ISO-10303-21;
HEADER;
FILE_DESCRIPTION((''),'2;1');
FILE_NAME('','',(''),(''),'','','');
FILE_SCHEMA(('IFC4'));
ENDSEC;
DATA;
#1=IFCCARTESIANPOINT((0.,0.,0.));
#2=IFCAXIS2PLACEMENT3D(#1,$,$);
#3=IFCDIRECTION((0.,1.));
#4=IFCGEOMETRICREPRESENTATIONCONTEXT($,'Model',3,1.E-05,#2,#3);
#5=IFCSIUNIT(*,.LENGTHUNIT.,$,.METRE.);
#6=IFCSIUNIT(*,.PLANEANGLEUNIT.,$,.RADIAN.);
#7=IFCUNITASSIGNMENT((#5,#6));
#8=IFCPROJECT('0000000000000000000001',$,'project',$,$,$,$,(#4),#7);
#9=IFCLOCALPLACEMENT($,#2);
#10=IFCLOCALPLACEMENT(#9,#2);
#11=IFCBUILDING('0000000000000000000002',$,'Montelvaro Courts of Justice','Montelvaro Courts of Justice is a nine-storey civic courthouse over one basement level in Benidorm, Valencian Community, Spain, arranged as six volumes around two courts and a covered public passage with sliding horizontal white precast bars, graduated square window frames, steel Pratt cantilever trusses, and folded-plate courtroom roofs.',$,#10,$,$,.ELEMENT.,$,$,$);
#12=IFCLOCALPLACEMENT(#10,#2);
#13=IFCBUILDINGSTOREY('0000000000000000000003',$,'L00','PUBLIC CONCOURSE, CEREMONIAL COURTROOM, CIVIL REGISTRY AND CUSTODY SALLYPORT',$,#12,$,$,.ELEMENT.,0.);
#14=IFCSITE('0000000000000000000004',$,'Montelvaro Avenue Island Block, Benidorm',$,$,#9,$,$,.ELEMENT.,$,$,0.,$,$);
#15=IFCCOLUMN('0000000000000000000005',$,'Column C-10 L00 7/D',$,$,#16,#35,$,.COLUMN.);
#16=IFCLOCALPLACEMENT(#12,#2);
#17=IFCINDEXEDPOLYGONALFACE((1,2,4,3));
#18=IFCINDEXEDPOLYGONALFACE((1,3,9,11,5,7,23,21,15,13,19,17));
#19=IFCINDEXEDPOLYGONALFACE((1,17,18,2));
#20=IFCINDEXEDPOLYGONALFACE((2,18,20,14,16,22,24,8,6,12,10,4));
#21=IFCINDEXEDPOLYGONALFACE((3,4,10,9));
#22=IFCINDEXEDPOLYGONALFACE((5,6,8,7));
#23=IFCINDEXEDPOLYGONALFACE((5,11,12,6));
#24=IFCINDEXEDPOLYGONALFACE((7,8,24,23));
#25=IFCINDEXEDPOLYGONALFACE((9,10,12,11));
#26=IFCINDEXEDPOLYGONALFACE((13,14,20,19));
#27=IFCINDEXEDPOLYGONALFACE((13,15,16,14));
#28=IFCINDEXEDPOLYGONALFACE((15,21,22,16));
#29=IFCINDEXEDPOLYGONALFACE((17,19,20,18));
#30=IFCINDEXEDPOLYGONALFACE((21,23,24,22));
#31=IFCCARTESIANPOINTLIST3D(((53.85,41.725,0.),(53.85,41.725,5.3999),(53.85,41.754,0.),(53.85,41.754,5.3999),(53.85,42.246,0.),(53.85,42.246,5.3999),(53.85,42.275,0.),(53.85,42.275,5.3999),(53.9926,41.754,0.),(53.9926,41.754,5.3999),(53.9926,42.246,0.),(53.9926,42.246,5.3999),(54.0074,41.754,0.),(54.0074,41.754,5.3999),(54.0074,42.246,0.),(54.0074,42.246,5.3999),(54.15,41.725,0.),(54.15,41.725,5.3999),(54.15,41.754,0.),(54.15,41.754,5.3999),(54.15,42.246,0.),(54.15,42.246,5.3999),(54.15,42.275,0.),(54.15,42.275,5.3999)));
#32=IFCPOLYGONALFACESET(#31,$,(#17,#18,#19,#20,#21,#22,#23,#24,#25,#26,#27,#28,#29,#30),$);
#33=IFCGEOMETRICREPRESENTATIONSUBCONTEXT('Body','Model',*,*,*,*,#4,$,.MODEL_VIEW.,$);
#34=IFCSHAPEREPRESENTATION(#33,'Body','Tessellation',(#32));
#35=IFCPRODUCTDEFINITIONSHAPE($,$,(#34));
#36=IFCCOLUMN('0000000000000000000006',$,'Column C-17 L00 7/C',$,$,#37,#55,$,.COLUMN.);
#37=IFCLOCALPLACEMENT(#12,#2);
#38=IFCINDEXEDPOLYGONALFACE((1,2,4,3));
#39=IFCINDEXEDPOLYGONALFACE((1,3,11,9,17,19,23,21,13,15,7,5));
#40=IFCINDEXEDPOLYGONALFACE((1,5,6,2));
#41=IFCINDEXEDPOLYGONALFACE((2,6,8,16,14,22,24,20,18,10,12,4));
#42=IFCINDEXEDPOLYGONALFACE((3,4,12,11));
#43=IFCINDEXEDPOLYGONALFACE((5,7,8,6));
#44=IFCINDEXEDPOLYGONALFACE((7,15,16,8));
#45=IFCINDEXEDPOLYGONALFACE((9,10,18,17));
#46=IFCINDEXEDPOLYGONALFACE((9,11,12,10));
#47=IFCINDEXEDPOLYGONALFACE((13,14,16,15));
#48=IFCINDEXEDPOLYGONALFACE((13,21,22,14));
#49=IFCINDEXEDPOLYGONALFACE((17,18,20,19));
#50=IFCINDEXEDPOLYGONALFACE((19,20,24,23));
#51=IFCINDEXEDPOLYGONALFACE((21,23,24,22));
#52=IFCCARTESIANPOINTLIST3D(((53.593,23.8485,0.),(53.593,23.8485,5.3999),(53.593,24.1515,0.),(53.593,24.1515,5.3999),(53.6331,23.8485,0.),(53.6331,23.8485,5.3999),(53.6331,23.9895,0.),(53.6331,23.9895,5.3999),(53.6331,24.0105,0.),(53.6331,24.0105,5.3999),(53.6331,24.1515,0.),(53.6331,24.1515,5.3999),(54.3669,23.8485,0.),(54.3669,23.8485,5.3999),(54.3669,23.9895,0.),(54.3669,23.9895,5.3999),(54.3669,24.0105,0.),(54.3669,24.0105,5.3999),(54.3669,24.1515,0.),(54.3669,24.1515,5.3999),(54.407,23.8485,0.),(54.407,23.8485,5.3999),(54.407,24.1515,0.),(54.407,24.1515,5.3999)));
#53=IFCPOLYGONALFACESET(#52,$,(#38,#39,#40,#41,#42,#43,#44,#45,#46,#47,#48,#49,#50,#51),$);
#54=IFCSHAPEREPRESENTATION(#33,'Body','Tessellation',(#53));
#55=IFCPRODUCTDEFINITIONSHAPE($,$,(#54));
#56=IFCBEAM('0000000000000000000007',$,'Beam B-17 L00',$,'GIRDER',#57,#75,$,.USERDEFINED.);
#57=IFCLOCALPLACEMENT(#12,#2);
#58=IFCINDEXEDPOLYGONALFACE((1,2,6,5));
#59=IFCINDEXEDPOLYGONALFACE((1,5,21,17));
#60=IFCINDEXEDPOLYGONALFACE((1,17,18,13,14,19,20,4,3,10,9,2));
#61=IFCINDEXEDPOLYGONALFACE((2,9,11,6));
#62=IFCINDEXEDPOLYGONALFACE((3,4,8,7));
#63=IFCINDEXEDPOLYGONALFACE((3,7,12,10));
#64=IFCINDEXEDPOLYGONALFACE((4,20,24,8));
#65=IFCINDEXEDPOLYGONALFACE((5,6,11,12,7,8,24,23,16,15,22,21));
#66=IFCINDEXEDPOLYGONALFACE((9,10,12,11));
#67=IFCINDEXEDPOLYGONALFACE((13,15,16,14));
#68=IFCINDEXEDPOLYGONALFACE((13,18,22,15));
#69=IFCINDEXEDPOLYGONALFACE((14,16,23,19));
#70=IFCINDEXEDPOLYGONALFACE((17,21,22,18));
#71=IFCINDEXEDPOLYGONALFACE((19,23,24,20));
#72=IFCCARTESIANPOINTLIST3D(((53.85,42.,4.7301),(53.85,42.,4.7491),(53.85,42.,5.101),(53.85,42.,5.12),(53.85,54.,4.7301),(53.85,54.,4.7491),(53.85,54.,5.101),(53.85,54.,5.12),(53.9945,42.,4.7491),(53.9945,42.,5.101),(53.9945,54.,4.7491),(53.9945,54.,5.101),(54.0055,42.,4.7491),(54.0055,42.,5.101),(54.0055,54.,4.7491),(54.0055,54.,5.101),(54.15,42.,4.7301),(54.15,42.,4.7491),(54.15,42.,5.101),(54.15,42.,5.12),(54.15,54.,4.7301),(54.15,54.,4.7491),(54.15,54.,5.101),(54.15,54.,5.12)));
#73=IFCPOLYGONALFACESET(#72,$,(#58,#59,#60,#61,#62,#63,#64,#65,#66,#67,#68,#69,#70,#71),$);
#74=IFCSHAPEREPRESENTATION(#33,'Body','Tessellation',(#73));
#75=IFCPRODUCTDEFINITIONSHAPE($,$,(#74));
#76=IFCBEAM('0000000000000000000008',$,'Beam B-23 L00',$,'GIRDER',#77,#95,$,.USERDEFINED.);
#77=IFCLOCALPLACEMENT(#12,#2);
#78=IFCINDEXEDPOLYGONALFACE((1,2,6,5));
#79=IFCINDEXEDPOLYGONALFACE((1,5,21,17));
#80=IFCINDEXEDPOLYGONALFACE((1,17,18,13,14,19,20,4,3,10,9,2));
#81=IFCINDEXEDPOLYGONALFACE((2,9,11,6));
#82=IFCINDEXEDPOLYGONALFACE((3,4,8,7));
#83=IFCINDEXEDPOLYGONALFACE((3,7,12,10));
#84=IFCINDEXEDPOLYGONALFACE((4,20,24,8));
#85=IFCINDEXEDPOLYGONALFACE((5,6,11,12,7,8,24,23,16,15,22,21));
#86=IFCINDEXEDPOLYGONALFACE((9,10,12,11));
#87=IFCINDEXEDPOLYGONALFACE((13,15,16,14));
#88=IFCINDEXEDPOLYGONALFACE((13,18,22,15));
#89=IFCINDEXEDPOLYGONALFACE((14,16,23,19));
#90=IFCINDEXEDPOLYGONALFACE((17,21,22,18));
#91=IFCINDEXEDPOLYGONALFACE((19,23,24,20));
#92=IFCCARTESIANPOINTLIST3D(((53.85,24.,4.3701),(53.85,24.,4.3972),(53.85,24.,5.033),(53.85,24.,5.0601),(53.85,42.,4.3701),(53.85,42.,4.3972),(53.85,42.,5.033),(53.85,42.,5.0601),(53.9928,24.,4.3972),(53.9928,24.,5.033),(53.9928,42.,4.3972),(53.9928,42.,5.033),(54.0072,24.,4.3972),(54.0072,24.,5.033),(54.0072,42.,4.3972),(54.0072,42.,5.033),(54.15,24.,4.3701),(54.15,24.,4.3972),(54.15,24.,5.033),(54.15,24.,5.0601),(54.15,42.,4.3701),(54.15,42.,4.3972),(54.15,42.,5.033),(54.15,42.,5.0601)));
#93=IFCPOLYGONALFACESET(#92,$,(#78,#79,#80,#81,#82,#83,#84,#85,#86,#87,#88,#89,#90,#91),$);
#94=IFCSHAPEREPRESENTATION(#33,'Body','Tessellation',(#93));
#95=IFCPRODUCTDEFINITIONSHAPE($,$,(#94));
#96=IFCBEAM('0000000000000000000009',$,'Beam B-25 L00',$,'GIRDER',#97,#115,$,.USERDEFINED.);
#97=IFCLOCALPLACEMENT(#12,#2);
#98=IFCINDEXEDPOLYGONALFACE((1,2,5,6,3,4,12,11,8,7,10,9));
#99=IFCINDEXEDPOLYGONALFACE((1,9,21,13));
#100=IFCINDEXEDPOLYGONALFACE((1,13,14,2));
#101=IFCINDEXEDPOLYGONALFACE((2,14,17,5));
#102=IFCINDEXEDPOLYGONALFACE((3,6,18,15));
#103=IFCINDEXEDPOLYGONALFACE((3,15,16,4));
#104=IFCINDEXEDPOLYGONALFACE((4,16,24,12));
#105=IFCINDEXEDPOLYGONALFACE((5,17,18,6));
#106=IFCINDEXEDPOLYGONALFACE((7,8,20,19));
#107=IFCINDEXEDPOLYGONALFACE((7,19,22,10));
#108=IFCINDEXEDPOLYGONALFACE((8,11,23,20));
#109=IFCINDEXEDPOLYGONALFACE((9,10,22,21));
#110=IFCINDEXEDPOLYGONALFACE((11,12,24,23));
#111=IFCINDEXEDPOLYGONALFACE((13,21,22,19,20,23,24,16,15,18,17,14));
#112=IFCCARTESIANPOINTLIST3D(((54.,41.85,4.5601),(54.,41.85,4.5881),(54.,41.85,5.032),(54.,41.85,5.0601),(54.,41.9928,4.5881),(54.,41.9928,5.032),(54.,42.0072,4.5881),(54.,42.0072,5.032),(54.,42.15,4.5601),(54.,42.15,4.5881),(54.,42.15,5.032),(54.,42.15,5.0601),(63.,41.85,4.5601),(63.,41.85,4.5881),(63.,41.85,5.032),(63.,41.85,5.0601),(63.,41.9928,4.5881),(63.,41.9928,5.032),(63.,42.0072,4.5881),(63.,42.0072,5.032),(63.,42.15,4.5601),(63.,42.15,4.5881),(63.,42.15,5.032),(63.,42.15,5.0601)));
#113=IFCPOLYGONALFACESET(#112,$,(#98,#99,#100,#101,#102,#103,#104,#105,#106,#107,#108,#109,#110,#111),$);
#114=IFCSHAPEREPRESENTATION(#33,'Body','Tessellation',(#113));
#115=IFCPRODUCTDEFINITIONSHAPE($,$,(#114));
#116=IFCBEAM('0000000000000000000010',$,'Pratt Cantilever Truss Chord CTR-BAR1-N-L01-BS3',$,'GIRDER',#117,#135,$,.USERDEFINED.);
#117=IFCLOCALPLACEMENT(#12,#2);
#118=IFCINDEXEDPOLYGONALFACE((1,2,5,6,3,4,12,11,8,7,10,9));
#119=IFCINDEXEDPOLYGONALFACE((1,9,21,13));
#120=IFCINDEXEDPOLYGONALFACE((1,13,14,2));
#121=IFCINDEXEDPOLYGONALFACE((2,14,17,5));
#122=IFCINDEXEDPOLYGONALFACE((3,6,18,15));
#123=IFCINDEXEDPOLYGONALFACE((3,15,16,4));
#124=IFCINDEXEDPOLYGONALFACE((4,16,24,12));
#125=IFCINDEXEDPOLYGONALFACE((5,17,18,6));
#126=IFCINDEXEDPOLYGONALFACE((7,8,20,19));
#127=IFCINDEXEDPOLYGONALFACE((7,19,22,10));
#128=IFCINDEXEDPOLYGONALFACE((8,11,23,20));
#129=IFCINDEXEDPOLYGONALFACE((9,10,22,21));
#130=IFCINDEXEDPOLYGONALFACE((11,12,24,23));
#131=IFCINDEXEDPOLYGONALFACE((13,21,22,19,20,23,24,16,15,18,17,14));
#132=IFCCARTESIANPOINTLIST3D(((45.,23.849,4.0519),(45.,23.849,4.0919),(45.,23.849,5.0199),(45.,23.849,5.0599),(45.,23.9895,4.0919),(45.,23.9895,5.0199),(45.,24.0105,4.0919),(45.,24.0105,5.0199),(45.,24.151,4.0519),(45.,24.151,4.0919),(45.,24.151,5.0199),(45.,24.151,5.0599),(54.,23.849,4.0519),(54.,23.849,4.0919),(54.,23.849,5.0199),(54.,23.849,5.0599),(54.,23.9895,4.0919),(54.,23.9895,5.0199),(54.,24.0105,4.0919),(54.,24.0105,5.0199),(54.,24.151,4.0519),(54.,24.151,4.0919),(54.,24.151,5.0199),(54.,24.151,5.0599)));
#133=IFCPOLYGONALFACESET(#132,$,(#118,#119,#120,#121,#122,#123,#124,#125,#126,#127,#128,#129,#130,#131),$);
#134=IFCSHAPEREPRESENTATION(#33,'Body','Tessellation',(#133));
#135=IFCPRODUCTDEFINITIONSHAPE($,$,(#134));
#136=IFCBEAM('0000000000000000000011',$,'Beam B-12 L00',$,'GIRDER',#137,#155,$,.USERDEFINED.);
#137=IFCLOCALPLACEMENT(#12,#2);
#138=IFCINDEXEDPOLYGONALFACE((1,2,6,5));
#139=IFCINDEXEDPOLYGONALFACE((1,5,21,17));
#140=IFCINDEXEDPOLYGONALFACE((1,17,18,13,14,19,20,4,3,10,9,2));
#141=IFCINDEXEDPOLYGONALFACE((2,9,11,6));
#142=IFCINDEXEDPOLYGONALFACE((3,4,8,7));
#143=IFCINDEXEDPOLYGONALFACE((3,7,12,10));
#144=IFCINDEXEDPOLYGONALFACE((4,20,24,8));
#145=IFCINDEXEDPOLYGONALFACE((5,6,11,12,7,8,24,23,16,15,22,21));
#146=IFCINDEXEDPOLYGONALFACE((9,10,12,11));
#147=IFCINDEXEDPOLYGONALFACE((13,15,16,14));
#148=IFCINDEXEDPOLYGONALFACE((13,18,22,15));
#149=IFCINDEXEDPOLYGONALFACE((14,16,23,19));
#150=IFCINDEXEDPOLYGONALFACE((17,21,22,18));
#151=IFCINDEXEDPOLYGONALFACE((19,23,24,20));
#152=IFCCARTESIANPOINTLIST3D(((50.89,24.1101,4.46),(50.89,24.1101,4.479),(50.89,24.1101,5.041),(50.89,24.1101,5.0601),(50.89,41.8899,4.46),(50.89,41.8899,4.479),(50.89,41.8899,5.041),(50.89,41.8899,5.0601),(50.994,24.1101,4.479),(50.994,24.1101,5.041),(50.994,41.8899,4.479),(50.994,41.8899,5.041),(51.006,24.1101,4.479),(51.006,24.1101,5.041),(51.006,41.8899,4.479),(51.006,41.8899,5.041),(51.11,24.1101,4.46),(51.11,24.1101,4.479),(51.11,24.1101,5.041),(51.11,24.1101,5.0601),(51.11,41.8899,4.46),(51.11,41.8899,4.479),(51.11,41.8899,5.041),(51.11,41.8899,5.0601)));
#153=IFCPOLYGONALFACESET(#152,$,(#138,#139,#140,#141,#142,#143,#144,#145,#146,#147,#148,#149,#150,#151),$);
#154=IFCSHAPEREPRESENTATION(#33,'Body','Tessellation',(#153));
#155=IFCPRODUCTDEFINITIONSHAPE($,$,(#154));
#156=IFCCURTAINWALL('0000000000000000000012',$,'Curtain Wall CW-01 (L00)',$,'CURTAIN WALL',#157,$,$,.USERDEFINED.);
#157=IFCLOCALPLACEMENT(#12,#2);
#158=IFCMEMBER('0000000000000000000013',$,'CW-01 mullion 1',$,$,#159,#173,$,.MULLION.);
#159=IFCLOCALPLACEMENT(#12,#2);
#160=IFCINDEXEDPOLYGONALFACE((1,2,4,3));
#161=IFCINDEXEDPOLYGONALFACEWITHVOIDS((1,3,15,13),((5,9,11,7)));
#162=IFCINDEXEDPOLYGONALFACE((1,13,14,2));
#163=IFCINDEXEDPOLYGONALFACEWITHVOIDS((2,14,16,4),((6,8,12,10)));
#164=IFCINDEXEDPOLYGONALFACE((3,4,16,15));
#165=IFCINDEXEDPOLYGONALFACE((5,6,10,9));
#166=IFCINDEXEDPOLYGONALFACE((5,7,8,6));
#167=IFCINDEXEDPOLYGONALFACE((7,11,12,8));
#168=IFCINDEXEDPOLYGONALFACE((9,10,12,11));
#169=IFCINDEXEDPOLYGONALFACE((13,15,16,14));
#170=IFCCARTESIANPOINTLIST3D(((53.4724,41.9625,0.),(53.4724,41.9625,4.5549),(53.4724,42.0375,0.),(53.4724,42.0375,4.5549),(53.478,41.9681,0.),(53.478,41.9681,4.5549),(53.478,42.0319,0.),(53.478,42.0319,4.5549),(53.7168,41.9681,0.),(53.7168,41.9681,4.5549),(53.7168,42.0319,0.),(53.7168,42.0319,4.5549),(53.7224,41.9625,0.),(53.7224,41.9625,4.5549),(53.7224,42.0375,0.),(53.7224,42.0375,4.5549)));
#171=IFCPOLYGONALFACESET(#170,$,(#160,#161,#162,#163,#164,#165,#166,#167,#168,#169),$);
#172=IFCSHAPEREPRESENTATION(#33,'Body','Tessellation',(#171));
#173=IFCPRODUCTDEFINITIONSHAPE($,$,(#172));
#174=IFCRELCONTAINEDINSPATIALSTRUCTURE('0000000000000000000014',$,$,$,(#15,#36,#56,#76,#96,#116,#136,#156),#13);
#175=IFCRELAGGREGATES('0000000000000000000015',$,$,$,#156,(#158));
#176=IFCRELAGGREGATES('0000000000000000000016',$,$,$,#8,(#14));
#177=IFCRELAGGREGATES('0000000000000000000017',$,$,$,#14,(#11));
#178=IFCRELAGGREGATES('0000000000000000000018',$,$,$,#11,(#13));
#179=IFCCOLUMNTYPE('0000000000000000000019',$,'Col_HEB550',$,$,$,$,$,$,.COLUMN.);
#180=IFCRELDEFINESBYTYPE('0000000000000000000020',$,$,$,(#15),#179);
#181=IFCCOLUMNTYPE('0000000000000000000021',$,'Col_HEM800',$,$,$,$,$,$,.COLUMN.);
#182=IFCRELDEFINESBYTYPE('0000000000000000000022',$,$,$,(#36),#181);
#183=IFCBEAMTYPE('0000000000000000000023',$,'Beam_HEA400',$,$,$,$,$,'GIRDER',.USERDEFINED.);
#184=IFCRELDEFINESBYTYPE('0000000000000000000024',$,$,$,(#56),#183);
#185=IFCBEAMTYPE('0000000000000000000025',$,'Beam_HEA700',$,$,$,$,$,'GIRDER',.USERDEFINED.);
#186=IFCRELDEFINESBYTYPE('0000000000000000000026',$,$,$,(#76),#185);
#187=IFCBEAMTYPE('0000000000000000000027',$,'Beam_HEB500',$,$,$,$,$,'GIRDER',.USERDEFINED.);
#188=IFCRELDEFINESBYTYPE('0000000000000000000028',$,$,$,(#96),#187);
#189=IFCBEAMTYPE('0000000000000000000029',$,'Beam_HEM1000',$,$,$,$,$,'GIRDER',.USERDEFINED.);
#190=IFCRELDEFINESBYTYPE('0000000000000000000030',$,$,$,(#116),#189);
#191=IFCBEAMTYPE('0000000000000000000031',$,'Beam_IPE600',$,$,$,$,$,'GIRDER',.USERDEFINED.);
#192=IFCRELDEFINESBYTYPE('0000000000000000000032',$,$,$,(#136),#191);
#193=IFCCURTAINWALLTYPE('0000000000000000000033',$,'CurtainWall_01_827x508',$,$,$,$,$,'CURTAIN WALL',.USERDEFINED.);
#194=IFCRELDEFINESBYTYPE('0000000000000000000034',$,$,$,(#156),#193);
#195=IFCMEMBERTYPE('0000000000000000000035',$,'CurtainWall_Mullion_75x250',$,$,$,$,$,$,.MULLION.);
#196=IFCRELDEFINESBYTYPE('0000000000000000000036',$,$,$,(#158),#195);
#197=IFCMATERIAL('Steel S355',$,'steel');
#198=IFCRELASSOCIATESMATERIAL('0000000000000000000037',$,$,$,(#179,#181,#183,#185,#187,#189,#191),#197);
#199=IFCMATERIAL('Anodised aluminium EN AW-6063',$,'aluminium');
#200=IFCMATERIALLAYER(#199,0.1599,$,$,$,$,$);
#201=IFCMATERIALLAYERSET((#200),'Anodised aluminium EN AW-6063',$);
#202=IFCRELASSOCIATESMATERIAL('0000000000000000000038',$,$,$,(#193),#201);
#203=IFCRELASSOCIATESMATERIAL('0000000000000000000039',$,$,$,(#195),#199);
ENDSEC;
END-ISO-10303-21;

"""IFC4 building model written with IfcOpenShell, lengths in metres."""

from ifc_helpers import new_model, si_unit, direction, frame, origin, origin_2d, place, context, subcontext, project, spatial, hollow_rectangle, i_section, extrude, material, layer, layer_set, material_profile, profile_set, type_object, element, aggregate, save


model = new_model("IFC4")

# Units and contexts
model_context = context("Model", 3, precision=1e-05, world=origin(), true_north=direction((0.0, 1.0)))
body_context = subcontext(model_context, "Body", "Model", "MODEL_VIEW")
ifc_project = project(units=[si_unit("LENGTHUNIT", "METRE"), si_unit("PLANEANGLEUNIT", "RADIAN")], contexts=[model_context])

# Site, building, storey
site_placement = place(None, origin())
site = spatial("IfcSite", under=ifc_project, at=site_placement, Name="Montelvaro Avenue Island Block, Benidorm", CompositionType="ELEMENT", RefElevation=0.0)
building_placement = place(site_placement, origin())
building = spatial("IfcBuilding", under=site, at=building_placement, Name="Montelvaro Courts of Justice", Description="Montelvaro Courts of Justice is a nine-storey civic courthouse over one basement level in Benidorm, Valencian Community, Spain, arranged as six volumes around two courts and a covered public passage with sliding horizontal white precast bars, graduated square window frames, steel Pratt cantilever trusses, and folded-plate courtroom roofs.", CompositionType="ELEMENT")
storey_placement = place(building_placement, origin())
storey = spatial("IfcBuildingStorey", under=building, at=storey_placement, Name="L00", Description="PUBLIC CONCOURSE, CEREMONIAL COURTROOM, CIVIL REGISTRY AND CUSTODY SALLYPORT", CompositionType="ELEMENT", Elevation=0.0)

# Columns
ifc_material_1 = material(Name="Steel S355", Category="steel")
ifc_material_profile_1 = material_profile(ifc_material_1, i_section(OverallWidth=0.3, OverallDepth=0.55, WebThickness=0.0149, FlangeThickness=0.0291, at=origin_2d()), Name="HEB 550")
ifc_profile_set_1 = profile_set([ifc_material_profile_1], Name="Steel S355")
column_type_1 = type_object("IfcColumnType", Name="Col_HEB550", PredefinedType="COLUMN", material=ifc_profile_set_1)
column_1_placement = place(storey_placement, frame((54.0, 42.0, 0.0), z_axis=(0.0, 0.0, 1.0), x_axis=(1.0, 0.0, 0.0)))
element("IfcColumn", 1, at=column_1_placement, inside=storey, type_object=column_type_1, Name="Column C-10 L00 7/D", PredefinedType="COLUMN", context=body_context, shape_type="SweptSolid", body=[
    extrude(i_section(OverallWidth=0.3, OverallDepth=0.55, WebThickness=0.0149, FlangeThickness=0.0291, at=origin_2d()), origin(), (0.0, 0.0, 1.0), 5.3999),
])
ifc_material_profile_2 = material_profile(ifc_material_1, i_section(OverallWidth=0.303, OverallDepth=0.814, WebThickness=0.021, FlangeThickness=0.04, at=origin_2d()), Name="HEM 800")
ifc_profile_set_2 = profile_set([ifc_material_profile_2], Name="Steel S355")
column_type_2 = type_object("IfcColumnType", Name="Col_HEM800", PredefinedType="COLUMN", material=ifc_profile_set_2)
column_2_placement = place(storey_placement, frame((54.0, 24.0, 0.0), z_axis=(0.0, 0.0, 1.0), x_axis=(0.0, 1.0, 0.0)))
element("IfcColumn", 2, at=column_2_placement, inside=storey, type_object=column_type_2, Name="Column C-17 L00 7/C", PredefinedType="COLUMN", context=body_context, shape_type="SweptSolid", body=[
    extrude(i_section(OverallWidth=0.303, OverallDepth=0.814, WebThickness=0.021, FlangeThickness=0.04, at=origin_2d()), origin(), (0.0, 0.0, 1.0), 5.3999),
])

# Beams
ifc_material_profile_3 = material_profile(ifc_material_1, i_section(OverallWidth=0.3, OverallDepth=0.3899, WebThickness=0.011, FlangeThickness=0.019, at=origin_2d()), Name="HEA 400")
ifc_profile_set_3 = profile_set([ifc_material_profile_3], Name="Steel S355")
beam_type_1 = type_object("IfcBeamType", Name="Beam_HEA400", ElementType="GIRDER", PredefinedType="USERDEFINED", material=ifc_profile_set_3)
beam_1_placement = place(storey_placement, frame((54.0, 42.0, 4.925), z_axis=(0.0, 1.0, 0.0), x_axis=(-1.0, 0.0, 0.0)))
element("IfcBeam", 3, at=beam_1_placement, inside=storey, type_object=beam_type_1, Name="Beam B-17 L00", ObjectType="GIRDER", PredefinedType="USERDEFINED", context=body_context, shape_type="SweptSolid", body=[
    extrude(i_section(OverallWidth=0.3, OverallDepth=0.3899, WebThickness=0.011, FlangeThickness=0.019, at=origin_2d()), origin(), (0.0, 0.0, 1.0), 12.0),
])
ifc_material_profile_4 = material_profile(ifc_material_1, i_section(OverallWidth=0.3, OverallDepth=0.6899, WebThickness=0.0144, FlangeThickness=0.0271, at=origin_2d()), Name="HEA 700")
ifc_profile_set_4 = profile_set([ifc_material_profile_4], Name="Steel S355")
beam_type_2 = type_object("IfcBeamType", Name="Beam_HEA700", ElementType="GIRDER", PredefinedType="USERDEFINED", material=ifc_profile_set_4)
beam_2_placement = place(storey_placement, frame((54.0, 24.0, 4.7151), z_axis=(0.0, 1.0, 0.0), x_axis=(-1.0, 0.0, 0.0)))
element("IfcBeam", 4, at=beam_2_placement, inside=storey, type_object=beam_type_2, Name="Beam B-23 L00", ObjectType="GIRDER", PredefinedType="USERDEFINED", context=body_context, shape_type="SweptSolid", body=[
    extrude(i_section(OverallWidth=0.3, OverallDepth=0.6899, WebThickness=0.0144, FlangeThickness=0.0271, at=origin_2d()), origin(), (0.0, 0.0, 1.0), 18.0),
])
ifc_material_profile_5 = material_profile(ifc_material_1, i_section(OverallWidth=0.3, OverallDepth=0.5, WebThickness=0.0144, FlangeThickness=0.0281, at=origin_2d()), Name="HEB 500")
ifc_profile_set_5 = profile_set([ifc_material_profile_5], Name="Steel S355")
beam_type_3 = type_object("IfcBeamType", Name="Beam_HEB500", ElementType="GIRDER", PredefinedType="USERDEFINED", material=ifc_profile_set_5)
beam_3_placement = place(storey_placement, frame((54.0, 42.0, 4.8101), z_axis=(1.0, 0.0, 0.0), x_axis=(0.0, 1.0, 0.0)))
element("IfcBeam", 5, at=beam_3_placement, inside=storey, type_object=beam_type_3, Name="Beam B-25 L00", ObjectType="GIRDER", PredefinedType="USERDEFINED", context=body_context, shape_type="SweptSolid", body=[
    extrude(i_section(OverallWidth=0.3, OverallDepth=0.5, WebThickness=0.0144, FlangeThickness=0.0281, at=origin_2d()), origin(), (0.0, 0.0, 1.0), 9.0),
])
ifc_material_profile_6 = material_profile(ifc_material_1, i_section(OverallWidth=0.302, OverallDepth=1.0081, WebThickness=0.021, FlangeThickness=0.04, at=origin_2d()), Name="HEM 1000")
ifc_profile_set_6 = profile_set([ifc_material_profile_6], Name="Steel S355")
beam_type_4 = type_object("IfcBeamType", Name="Beam_HEM1000", ElementType="GIRDER", PredefinedType="USERDEFINED", material=ifc_profile_set_6)
beam_4_placement = place(storey_placement, frame((54.0, 24.0, 4.5559), z_axis=(-1.0, 0.0, 0.0), x_axis=(0.0, -1.0, 0.0)))
element("IfcBeam", 6, at=beam_4_placement, inside=storey, type_object=beam_type_4, Name="Pratt Cantilever Truss Chord CTR-BAR1-N-L01-BS3", ObjectType="GIRDER", PredefinedType="USERDEFINED", context=body_context, shape_type="SweptSolid", body=[
    extrude(i_section(OverallWidth=0.302, OverallDepth=1.0081, WebThickness=0.021, FlangeThickness=0.04, at=origin_2d()), origin(), (0.0, 0.0, 1.0), 9.0),
])
ifc_material_profile_7 = material_profile(ifc_material_1, i_section(OverallWidth=0.22, OverallDepth=0.6001, WebThickness=0.012, FlangeThickness=0.019, at=origin_2d()), Name="IPE 600")
ifc_profile_set_7 = profile_set([ifc_material_profile_7], Name="Steel S355")
beam_type_5 = type_object("IfcBeamType", Name="Beam_IPE600", ElementType="GIRDER", PredefinedType="USERDEFINED", material=ifc_profile_set_7)
beam_5_placement = place(storey_placement, frame((51.0, 24.1101, 4.76), z_axis=(0.0, 1.0, 0.0), x_axis=(-1.0, 0.0, 0.0)))
element("IfcBeam", 7, at=beam_5_placement, inside=storey, type_object=beam_type_5, Name="Beam B-12 L00", ObjectType="GIRDER", PredefinedType="USERDEFINED", context=body_context, shape_type="SweptSolid", body=[
    extrude(i_section(OverallWidth=0.22, OverallDepth=0.6001, WebThickness=0.012, FlangeThickness=0.019, at=origin_2d()), origin(), (0.0, 0.0, 1.0), 17.7798),
])

# Curtain wall, member
ifc_material_2 = material(Name="Anodised aluminium EN AW-6063", Category="aluminium")
ifc_layer_1 = layer(ifc_material_2, 0.1599)
ifc_layer_set_1 = layer_set([ifc_layer_1], Name="Anodised aluminium EN AW-6063")
curtain_wall_type = type_object("IfcCurtainWallType", Name="CurtainWall_01_827x508", ElementType="CURTAIN WALL", PredefinedType="USERDEFINED", material=ifc_layer_set_1)
curtain_wall_placement = place(storey_placement, origin())
curtain_wall = element("IfcCurtainWall", 8, at=curtain_wall_placement, inside=storey, type_object=curtain_wall_type, Name="Curtain Wall CW-01 (L00)", ObjectType="CURTAIN WALL", PredefinedType="USERDEFINED")
ifc_material_profile_8 = material_profile(ifc_material_2, hollow_rectangle(XDim=0.075, YDim=0.25, WallThickness=0.0056, at=origin_2d()), Name="ALU-M 75x250")
ifc_profile_set_8 = profile_set([ifc_material_profile_8], Name="Anodised aluminium EN AW-6063")
member_type_1 = type_object("IfcMemberType", Name="CurtainWall_Mullion_75x250", PredefinedType="MULLION", material=ifc_profile_set_8)
member_1_placement = place(storey_placement, frame((53.5974, 42.0, 0.0), z_axis=(0.0, 0.0, 1.0), x_axis=(0.0, -1.0, 0.0)))
member_1 = element("IfcMember", 9, at=member_1_placement, type_object=member_type_1, Name="CW-01 mullion 1", PredefinedType="MULLION", context=body_context, shape_type="SweptSolid", body=[
    extrude(hollow_rectangle(XDim=0.075, YDim=0.25, WallThickness=0.0056, at=origin_2d()), origin(), (0.0, 0.0, 1.0), 4.5549),
])
aggregate(curtain_wall, [member_1])

save(model, "model.ifc")
